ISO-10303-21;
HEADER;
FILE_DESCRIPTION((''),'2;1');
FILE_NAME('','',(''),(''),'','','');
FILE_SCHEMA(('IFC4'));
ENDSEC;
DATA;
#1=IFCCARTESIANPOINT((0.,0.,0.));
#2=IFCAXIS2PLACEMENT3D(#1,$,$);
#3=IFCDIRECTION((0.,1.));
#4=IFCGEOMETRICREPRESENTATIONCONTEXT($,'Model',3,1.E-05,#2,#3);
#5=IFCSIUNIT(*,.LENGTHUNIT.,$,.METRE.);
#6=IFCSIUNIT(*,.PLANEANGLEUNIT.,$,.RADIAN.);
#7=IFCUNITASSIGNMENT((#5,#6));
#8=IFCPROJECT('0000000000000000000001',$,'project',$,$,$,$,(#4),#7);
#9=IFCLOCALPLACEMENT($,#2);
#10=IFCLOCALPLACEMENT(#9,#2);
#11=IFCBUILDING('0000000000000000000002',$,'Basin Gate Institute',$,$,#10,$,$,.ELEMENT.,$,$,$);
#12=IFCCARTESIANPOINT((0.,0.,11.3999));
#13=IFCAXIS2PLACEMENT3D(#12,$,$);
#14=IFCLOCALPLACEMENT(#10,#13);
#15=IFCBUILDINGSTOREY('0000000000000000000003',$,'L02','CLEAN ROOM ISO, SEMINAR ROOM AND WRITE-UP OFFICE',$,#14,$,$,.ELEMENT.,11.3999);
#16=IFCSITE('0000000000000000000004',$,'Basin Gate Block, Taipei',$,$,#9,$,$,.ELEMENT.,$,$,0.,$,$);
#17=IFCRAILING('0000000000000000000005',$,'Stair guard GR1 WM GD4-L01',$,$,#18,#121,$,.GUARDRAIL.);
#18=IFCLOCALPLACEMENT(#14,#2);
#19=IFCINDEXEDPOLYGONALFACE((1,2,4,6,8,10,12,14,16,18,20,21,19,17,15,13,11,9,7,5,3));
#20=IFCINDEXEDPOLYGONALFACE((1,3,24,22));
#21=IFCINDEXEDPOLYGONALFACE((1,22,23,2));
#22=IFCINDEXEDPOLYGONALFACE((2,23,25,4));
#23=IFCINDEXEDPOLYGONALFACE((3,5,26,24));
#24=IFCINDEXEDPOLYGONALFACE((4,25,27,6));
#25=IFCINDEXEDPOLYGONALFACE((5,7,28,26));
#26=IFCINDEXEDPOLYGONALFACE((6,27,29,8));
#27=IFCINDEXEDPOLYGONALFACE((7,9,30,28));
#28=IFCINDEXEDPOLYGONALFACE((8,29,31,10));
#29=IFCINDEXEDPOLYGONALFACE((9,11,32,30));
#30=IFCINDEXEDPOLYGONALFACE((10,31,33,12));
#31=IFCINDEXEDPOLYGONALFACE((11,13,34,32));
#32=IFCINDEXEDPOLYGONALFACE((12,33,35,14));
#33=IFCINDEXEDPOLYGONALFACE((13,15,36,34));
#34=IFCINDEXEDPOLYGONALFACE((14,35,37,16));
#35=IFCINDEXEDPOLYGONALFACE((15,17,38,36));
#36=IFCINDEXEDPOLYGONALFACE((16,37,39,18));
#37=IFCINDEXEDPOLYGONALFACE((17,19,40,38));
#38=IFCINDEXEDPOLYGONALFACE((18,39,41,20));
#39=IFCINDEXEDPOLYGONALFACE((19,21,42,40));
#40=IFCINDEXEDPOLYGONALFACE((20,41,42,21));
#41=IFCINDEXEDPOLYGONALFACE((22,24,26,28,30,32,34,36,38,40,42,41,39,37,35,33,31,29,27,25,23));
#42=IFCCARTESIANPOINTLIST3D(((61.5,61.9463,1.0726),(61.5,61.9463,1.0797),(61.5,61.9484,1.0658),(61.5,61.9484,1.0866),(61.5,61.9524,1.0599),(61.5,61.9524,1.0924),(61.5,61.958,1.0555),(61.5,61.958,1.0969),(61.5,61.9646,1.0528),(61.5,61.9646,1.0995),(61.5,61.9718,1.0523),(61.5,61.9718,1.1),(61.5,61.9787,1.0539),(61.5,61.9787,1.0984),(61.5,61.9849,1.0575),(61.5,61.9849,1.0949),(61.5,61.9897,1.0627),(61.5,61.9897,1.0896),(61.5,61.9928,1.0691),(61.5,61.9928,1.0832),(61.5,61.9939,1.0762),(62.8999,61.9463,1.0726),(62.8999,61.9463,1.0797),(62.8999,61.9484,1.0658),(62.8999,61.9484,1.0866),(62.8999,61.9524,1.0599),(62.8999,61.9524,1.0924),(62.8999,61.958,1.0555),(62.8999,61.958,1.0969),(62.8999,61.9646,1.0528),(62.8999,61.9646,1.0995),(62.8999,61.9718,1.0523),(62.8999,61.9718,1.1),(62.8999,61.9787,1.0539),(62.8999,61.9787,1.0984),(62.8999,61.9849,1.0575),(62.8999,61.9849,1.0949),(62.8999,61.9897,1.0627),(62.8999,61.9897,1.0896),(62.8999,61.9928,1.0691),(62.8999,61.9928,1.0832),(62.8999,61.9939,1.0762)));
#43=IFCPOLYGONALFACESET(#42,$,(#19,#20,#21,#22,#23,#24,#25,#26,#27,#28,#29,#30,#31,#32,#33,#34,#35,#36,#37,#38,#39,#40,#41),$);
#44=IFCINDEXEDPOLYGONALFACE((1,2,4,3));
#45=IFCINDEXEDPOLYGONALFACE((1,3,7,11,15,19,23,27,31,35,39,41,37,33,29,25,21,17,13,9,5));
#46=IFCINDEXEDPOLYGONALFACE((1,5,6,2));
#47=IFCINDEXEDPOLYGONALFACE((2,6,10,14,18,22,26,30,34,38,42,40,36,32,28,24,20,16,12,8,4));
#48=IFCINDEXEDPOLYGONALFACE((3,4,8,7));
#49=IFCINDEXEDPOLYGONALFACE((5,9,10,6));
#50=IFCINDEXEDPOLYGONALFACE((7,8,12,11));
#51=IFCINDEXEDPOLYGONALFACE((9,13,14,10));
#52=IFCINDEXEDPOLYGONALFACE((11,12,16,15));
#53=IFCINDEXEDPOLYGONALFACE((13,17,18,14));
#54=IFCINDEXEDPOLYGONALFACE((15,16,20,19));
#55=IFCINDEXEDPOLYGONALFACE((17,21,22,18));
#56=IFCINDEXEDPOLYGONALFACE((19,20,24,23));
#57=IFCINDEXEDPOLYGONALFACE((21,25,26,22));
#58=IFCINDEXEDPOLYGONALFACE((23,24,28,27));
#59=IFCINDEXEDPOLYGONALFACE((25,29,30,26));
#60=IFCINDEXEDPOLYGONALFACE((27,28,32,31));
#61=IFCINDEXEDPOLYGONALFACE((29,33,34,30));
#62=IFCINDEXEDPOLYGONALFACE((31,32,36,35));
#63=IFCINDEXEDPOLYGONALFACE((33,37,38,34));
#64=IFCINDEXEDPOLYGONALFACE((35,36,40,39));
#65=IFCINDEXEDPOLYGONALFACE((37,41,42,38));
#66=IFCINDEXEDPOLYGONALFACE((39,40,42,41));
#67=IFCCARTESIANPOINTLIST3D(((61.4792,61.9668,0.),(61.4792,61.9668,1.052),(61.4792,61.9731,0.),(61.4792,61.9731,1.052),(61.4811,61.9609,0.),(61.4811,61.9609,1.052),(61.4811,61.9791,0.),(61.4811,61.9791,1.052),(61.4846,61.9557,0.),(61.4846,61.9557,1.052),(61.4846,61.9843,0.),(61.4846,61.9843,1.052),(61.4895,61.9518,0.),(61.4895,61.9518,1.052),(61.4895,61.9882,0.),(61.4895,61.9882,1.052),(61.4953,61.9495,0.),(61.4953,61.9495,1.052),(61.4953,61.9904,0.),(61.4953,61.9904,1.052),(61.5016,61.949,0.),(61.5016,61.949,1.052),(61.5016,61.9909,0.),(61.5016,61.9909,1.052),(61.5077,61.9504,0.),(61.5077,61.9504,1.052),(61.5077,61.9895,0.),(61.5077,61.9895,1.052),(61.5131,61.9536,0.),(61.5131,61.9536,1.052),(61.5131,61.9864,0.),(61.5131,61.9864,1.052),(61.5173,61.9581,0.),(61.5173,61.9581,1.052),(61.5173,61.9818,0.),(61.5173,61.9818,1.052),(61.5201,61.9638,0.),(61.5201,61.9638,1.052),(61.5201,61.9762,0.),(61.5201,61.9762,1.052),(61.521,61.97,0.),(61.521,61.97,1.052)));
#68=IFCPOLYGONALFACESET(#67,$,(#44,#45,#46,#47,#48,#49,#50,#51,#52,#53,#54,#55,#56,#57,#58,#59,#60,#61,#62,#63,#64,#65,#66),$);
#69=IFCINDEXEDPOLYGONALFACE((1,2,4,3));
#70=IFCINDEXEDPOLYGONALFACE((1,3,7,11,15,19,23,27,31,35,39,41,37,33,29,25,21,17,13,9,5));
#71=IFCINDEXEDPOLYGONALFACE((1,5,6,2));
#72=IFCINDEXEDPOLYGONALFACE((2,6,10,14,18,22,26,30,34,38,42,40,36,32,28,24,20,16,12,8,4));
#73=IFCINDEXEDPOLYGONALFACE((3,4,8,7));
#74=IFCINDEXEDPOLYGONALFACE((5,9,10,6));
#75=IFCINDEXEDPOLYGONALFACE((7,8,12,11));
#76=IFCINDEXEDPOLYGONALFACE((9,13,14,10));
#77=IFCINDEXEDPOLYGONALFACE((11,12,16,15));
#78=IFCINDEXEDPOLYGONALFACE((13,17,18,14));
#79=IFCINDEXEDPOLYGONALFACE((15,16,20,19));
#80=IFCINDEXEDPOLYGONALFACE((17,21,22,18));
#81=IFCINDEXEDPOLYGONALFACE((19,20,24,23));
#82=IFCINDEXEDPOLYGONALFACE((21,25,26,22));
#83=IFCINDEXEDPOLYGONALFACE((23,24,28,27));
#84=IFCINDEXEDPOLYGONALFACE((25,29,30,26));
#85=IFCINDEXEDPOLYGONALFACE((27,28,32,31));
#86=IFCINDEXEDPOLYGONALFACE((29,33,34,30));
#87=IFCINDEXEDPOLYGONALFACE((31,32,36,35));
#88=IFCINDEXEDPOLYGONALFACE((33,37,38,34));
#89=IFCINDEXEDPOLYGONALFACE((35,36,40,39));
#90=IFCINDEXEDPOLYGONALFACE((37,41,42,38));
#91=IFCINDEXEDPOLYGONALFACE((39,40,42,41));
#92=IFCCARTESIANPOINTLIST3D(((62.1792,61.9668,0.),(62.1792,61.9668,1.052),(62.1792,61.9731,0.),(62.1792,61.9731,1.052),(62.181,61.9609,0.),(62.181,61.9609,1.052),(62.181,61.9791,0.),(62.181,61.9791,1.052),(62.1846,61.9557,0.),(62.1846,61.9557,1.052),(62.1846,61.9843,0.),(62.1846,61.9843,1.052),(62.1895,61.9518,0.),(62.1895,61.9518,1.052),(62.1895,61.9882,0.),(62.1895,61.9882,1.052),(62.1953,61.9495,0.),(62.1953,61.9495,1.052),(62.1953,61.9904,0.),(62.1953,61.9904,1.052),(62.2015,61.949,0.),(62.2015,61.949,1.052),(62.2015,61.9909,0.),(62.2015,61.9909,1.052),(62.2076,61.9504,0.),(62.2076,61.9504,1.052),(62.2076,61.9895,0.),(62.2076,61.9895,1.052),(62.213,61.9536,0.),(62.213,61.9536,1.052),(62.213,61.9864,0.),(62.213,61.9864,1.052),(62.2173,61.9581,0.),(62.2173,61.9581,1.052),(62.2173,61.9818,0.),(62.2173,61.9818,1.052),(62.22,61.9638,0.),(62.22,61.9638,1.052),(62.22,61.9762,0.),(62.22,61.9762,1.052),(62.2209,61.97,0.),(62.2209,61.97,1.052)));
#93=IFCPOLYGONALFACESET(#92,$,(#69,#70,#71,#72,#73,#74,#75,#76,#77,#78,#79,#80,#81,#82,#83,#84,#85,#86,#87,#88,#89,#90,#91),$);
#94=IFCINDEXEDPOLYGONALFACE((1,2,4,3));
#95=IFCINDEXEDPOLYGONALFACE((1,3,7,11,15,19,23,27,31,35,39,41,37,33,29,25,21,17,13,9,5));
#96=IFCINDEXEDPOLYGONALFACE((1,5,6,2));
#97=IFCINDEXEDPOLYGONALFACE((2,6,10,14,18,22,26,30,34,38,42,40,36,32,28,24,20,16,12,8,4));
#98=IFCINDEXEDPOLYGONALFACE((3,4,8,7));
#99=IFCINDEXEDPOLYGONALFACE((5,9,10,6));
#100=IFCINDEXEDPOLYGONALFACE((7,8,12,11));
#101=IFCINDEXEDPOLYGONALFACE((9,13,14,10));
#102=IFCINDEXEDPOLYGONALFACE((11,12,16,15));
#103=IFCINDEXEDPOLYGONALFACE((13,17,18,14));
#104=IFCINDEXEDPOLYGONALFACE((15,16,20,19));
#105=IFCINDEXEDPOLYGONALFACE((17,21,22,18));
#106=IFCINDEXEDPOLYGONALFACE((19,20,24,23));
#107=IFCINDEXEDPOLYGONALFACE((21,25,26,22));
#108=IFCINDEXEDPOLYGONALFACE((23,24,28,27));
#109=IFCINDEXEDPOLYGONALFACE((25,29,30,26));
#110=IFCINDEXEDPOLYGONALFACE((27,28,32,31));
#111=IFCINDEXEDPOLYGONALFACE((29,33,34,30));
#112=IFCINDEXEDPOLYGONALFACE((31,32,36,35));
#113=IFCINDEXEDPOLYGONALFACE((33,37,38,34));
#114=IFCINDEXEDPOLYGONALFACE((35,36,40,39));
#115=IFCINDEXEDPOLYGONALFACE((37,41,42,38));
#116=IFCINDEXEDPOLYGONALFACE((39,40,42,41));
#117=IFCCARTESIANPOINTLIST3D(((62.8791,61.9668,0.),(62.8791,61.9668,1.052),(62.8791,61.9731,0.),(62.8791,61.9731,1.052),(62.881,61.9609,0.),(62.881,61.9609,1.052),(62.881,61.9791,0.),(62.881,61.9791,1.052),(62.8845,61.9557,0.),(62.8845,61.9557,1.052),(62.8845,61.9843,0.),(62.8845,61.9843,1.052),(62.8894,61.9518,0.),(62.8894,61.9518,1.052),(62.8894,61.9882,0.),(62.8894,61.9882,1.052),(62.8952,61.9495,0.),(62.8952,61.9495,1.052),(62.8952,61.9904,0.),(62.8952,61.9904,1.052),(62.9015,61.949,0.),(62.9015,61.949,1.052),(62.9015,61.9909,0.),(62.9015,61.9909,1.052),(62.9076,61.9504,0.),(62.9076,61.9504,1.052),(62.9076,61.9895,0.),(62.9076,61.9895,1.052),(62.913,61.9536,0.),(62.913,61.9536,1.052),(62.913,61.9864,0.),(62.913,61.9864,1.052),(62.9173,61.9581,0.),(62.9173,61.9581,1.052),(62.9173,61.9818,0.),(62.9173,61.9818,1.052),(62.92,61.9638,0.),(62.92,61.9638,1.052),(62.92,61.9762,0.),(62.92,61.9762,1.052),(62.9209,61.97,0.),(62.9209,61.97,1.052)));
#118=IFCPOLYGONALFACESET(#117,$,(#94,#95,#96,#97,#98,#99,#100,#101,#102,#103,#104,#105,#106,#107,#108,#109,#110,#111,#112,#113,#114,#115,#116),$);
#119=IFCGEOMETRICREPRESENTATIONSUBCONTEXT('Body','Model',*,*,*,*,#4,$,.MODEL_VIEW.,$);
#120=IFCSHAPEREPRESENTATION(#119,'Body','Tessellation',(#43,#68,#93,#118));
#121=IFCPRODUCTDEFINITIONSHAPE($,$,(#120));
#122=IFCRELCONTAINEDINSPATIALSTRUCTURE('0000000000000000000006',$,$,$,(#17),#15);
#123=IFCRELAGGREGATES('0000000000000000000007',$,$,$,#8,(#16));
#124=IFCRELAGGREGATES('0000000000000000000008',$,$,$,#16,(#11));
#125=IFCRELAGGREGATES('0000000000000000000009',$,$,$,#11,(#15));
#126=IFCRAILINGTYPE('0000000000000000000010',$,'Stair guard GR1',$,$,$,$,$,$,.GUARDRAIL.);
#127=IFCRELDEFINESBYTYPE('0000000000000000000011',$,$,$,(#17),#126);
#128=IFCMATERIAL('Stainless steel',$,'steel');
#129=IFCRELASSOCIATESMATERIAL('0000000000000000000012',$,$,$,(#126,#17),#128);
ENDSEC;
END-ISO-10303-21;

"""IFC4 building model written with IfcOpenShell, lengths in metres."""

from ifc_helpers import new_model, si_unit, direction, frame, origin, origin_2d, place, context, subcontext, project, spatial, circle, extrude, material, type_object, element, save


model = new_model("IFC4")

# Units and contexts
model_context = context("Model", 3, precision=1e-05, world=origin(), true_north=direction((0.0, 1.0)))
body_context = subcontext(model_context, "Body", "Model", "MODEL_VIEW")
ifc_project = project(units=[si_unit("LENGTHUNIT", "METRE"), si_unit("PLANEANGLEUNIT", "RADIAN")], contexts=[model_context])

# Site, building, storey
site_placement = place(None, origin())
site = spatial("IfcSite", under=ifc_project, at=site_placement, Name="Basin Gate Block, Taipei", CompositionType="ELEMENT", RefElevation=0.0)
building_placement = place(site_placement, origin())
building = spatial("IfcBuilding", under=site, at=building_placement, Name="Basin Gate Institute", CompositionType="ELEMENT")
storey_placement = place(building_placement, frame((0.0, 0.0, 11.3999)))
storey = spatial("IfcBuildingStorey", under=building, at=storey_placement, Name="L02", Description="CLEAN ROOM ISO, SEMINAR ROOM AND WRITE-UP OFFICE", CompositionType="ELEMENT", Elevation=11.3999)

# Railing
ifc_material_1 = material(Name="Stainless steel", Category="steel")
railing_type_1 = type_object("IfcRailingType", Name="Stair guard GR1", PredefinedType="GUARDRAIL", material=ifc_material_1)
railing_1_placement = place(storey_placement, frame((61.5, 61.97, 0.0)))
element("IfcRailing", 1, at=railing_1_placement, inside=storey, type_object=railing_type_1, material=ifc_material_1, Name="Stair guard GR1 WM GD4-L01", PredefinedType="GUARDRAIL", context=body_context, shape_type="SweptSolid", body=[
    extrude(circle(Radius=0.0239, at=origin_2d()), frame((0.0, 0.0, 1.0762), z_axis=(1.0, 0.0, 0.0), x_axis=(0.0, 1.0, 0.0)), (0.0, 0.0, 1.0), 1.3999),
    extrude(circle(Radius=0.021, at=origin_2d()), origin(), (0.0, 0.0, 1.0), 1.052),
    extrude(circle(Radius=0.021, at=origin_2d()), frame((0.7, 0.0, 0.0)), (0.0, 0.0, 1.0), 1.052),
    extrude(circle(Radius=0.021, at=origin_2d()), frame((1.3999, 0.0, 0.0)), (0.0, 0.0, 1.0), 1.052),
])

save(model, "model.ifc")
